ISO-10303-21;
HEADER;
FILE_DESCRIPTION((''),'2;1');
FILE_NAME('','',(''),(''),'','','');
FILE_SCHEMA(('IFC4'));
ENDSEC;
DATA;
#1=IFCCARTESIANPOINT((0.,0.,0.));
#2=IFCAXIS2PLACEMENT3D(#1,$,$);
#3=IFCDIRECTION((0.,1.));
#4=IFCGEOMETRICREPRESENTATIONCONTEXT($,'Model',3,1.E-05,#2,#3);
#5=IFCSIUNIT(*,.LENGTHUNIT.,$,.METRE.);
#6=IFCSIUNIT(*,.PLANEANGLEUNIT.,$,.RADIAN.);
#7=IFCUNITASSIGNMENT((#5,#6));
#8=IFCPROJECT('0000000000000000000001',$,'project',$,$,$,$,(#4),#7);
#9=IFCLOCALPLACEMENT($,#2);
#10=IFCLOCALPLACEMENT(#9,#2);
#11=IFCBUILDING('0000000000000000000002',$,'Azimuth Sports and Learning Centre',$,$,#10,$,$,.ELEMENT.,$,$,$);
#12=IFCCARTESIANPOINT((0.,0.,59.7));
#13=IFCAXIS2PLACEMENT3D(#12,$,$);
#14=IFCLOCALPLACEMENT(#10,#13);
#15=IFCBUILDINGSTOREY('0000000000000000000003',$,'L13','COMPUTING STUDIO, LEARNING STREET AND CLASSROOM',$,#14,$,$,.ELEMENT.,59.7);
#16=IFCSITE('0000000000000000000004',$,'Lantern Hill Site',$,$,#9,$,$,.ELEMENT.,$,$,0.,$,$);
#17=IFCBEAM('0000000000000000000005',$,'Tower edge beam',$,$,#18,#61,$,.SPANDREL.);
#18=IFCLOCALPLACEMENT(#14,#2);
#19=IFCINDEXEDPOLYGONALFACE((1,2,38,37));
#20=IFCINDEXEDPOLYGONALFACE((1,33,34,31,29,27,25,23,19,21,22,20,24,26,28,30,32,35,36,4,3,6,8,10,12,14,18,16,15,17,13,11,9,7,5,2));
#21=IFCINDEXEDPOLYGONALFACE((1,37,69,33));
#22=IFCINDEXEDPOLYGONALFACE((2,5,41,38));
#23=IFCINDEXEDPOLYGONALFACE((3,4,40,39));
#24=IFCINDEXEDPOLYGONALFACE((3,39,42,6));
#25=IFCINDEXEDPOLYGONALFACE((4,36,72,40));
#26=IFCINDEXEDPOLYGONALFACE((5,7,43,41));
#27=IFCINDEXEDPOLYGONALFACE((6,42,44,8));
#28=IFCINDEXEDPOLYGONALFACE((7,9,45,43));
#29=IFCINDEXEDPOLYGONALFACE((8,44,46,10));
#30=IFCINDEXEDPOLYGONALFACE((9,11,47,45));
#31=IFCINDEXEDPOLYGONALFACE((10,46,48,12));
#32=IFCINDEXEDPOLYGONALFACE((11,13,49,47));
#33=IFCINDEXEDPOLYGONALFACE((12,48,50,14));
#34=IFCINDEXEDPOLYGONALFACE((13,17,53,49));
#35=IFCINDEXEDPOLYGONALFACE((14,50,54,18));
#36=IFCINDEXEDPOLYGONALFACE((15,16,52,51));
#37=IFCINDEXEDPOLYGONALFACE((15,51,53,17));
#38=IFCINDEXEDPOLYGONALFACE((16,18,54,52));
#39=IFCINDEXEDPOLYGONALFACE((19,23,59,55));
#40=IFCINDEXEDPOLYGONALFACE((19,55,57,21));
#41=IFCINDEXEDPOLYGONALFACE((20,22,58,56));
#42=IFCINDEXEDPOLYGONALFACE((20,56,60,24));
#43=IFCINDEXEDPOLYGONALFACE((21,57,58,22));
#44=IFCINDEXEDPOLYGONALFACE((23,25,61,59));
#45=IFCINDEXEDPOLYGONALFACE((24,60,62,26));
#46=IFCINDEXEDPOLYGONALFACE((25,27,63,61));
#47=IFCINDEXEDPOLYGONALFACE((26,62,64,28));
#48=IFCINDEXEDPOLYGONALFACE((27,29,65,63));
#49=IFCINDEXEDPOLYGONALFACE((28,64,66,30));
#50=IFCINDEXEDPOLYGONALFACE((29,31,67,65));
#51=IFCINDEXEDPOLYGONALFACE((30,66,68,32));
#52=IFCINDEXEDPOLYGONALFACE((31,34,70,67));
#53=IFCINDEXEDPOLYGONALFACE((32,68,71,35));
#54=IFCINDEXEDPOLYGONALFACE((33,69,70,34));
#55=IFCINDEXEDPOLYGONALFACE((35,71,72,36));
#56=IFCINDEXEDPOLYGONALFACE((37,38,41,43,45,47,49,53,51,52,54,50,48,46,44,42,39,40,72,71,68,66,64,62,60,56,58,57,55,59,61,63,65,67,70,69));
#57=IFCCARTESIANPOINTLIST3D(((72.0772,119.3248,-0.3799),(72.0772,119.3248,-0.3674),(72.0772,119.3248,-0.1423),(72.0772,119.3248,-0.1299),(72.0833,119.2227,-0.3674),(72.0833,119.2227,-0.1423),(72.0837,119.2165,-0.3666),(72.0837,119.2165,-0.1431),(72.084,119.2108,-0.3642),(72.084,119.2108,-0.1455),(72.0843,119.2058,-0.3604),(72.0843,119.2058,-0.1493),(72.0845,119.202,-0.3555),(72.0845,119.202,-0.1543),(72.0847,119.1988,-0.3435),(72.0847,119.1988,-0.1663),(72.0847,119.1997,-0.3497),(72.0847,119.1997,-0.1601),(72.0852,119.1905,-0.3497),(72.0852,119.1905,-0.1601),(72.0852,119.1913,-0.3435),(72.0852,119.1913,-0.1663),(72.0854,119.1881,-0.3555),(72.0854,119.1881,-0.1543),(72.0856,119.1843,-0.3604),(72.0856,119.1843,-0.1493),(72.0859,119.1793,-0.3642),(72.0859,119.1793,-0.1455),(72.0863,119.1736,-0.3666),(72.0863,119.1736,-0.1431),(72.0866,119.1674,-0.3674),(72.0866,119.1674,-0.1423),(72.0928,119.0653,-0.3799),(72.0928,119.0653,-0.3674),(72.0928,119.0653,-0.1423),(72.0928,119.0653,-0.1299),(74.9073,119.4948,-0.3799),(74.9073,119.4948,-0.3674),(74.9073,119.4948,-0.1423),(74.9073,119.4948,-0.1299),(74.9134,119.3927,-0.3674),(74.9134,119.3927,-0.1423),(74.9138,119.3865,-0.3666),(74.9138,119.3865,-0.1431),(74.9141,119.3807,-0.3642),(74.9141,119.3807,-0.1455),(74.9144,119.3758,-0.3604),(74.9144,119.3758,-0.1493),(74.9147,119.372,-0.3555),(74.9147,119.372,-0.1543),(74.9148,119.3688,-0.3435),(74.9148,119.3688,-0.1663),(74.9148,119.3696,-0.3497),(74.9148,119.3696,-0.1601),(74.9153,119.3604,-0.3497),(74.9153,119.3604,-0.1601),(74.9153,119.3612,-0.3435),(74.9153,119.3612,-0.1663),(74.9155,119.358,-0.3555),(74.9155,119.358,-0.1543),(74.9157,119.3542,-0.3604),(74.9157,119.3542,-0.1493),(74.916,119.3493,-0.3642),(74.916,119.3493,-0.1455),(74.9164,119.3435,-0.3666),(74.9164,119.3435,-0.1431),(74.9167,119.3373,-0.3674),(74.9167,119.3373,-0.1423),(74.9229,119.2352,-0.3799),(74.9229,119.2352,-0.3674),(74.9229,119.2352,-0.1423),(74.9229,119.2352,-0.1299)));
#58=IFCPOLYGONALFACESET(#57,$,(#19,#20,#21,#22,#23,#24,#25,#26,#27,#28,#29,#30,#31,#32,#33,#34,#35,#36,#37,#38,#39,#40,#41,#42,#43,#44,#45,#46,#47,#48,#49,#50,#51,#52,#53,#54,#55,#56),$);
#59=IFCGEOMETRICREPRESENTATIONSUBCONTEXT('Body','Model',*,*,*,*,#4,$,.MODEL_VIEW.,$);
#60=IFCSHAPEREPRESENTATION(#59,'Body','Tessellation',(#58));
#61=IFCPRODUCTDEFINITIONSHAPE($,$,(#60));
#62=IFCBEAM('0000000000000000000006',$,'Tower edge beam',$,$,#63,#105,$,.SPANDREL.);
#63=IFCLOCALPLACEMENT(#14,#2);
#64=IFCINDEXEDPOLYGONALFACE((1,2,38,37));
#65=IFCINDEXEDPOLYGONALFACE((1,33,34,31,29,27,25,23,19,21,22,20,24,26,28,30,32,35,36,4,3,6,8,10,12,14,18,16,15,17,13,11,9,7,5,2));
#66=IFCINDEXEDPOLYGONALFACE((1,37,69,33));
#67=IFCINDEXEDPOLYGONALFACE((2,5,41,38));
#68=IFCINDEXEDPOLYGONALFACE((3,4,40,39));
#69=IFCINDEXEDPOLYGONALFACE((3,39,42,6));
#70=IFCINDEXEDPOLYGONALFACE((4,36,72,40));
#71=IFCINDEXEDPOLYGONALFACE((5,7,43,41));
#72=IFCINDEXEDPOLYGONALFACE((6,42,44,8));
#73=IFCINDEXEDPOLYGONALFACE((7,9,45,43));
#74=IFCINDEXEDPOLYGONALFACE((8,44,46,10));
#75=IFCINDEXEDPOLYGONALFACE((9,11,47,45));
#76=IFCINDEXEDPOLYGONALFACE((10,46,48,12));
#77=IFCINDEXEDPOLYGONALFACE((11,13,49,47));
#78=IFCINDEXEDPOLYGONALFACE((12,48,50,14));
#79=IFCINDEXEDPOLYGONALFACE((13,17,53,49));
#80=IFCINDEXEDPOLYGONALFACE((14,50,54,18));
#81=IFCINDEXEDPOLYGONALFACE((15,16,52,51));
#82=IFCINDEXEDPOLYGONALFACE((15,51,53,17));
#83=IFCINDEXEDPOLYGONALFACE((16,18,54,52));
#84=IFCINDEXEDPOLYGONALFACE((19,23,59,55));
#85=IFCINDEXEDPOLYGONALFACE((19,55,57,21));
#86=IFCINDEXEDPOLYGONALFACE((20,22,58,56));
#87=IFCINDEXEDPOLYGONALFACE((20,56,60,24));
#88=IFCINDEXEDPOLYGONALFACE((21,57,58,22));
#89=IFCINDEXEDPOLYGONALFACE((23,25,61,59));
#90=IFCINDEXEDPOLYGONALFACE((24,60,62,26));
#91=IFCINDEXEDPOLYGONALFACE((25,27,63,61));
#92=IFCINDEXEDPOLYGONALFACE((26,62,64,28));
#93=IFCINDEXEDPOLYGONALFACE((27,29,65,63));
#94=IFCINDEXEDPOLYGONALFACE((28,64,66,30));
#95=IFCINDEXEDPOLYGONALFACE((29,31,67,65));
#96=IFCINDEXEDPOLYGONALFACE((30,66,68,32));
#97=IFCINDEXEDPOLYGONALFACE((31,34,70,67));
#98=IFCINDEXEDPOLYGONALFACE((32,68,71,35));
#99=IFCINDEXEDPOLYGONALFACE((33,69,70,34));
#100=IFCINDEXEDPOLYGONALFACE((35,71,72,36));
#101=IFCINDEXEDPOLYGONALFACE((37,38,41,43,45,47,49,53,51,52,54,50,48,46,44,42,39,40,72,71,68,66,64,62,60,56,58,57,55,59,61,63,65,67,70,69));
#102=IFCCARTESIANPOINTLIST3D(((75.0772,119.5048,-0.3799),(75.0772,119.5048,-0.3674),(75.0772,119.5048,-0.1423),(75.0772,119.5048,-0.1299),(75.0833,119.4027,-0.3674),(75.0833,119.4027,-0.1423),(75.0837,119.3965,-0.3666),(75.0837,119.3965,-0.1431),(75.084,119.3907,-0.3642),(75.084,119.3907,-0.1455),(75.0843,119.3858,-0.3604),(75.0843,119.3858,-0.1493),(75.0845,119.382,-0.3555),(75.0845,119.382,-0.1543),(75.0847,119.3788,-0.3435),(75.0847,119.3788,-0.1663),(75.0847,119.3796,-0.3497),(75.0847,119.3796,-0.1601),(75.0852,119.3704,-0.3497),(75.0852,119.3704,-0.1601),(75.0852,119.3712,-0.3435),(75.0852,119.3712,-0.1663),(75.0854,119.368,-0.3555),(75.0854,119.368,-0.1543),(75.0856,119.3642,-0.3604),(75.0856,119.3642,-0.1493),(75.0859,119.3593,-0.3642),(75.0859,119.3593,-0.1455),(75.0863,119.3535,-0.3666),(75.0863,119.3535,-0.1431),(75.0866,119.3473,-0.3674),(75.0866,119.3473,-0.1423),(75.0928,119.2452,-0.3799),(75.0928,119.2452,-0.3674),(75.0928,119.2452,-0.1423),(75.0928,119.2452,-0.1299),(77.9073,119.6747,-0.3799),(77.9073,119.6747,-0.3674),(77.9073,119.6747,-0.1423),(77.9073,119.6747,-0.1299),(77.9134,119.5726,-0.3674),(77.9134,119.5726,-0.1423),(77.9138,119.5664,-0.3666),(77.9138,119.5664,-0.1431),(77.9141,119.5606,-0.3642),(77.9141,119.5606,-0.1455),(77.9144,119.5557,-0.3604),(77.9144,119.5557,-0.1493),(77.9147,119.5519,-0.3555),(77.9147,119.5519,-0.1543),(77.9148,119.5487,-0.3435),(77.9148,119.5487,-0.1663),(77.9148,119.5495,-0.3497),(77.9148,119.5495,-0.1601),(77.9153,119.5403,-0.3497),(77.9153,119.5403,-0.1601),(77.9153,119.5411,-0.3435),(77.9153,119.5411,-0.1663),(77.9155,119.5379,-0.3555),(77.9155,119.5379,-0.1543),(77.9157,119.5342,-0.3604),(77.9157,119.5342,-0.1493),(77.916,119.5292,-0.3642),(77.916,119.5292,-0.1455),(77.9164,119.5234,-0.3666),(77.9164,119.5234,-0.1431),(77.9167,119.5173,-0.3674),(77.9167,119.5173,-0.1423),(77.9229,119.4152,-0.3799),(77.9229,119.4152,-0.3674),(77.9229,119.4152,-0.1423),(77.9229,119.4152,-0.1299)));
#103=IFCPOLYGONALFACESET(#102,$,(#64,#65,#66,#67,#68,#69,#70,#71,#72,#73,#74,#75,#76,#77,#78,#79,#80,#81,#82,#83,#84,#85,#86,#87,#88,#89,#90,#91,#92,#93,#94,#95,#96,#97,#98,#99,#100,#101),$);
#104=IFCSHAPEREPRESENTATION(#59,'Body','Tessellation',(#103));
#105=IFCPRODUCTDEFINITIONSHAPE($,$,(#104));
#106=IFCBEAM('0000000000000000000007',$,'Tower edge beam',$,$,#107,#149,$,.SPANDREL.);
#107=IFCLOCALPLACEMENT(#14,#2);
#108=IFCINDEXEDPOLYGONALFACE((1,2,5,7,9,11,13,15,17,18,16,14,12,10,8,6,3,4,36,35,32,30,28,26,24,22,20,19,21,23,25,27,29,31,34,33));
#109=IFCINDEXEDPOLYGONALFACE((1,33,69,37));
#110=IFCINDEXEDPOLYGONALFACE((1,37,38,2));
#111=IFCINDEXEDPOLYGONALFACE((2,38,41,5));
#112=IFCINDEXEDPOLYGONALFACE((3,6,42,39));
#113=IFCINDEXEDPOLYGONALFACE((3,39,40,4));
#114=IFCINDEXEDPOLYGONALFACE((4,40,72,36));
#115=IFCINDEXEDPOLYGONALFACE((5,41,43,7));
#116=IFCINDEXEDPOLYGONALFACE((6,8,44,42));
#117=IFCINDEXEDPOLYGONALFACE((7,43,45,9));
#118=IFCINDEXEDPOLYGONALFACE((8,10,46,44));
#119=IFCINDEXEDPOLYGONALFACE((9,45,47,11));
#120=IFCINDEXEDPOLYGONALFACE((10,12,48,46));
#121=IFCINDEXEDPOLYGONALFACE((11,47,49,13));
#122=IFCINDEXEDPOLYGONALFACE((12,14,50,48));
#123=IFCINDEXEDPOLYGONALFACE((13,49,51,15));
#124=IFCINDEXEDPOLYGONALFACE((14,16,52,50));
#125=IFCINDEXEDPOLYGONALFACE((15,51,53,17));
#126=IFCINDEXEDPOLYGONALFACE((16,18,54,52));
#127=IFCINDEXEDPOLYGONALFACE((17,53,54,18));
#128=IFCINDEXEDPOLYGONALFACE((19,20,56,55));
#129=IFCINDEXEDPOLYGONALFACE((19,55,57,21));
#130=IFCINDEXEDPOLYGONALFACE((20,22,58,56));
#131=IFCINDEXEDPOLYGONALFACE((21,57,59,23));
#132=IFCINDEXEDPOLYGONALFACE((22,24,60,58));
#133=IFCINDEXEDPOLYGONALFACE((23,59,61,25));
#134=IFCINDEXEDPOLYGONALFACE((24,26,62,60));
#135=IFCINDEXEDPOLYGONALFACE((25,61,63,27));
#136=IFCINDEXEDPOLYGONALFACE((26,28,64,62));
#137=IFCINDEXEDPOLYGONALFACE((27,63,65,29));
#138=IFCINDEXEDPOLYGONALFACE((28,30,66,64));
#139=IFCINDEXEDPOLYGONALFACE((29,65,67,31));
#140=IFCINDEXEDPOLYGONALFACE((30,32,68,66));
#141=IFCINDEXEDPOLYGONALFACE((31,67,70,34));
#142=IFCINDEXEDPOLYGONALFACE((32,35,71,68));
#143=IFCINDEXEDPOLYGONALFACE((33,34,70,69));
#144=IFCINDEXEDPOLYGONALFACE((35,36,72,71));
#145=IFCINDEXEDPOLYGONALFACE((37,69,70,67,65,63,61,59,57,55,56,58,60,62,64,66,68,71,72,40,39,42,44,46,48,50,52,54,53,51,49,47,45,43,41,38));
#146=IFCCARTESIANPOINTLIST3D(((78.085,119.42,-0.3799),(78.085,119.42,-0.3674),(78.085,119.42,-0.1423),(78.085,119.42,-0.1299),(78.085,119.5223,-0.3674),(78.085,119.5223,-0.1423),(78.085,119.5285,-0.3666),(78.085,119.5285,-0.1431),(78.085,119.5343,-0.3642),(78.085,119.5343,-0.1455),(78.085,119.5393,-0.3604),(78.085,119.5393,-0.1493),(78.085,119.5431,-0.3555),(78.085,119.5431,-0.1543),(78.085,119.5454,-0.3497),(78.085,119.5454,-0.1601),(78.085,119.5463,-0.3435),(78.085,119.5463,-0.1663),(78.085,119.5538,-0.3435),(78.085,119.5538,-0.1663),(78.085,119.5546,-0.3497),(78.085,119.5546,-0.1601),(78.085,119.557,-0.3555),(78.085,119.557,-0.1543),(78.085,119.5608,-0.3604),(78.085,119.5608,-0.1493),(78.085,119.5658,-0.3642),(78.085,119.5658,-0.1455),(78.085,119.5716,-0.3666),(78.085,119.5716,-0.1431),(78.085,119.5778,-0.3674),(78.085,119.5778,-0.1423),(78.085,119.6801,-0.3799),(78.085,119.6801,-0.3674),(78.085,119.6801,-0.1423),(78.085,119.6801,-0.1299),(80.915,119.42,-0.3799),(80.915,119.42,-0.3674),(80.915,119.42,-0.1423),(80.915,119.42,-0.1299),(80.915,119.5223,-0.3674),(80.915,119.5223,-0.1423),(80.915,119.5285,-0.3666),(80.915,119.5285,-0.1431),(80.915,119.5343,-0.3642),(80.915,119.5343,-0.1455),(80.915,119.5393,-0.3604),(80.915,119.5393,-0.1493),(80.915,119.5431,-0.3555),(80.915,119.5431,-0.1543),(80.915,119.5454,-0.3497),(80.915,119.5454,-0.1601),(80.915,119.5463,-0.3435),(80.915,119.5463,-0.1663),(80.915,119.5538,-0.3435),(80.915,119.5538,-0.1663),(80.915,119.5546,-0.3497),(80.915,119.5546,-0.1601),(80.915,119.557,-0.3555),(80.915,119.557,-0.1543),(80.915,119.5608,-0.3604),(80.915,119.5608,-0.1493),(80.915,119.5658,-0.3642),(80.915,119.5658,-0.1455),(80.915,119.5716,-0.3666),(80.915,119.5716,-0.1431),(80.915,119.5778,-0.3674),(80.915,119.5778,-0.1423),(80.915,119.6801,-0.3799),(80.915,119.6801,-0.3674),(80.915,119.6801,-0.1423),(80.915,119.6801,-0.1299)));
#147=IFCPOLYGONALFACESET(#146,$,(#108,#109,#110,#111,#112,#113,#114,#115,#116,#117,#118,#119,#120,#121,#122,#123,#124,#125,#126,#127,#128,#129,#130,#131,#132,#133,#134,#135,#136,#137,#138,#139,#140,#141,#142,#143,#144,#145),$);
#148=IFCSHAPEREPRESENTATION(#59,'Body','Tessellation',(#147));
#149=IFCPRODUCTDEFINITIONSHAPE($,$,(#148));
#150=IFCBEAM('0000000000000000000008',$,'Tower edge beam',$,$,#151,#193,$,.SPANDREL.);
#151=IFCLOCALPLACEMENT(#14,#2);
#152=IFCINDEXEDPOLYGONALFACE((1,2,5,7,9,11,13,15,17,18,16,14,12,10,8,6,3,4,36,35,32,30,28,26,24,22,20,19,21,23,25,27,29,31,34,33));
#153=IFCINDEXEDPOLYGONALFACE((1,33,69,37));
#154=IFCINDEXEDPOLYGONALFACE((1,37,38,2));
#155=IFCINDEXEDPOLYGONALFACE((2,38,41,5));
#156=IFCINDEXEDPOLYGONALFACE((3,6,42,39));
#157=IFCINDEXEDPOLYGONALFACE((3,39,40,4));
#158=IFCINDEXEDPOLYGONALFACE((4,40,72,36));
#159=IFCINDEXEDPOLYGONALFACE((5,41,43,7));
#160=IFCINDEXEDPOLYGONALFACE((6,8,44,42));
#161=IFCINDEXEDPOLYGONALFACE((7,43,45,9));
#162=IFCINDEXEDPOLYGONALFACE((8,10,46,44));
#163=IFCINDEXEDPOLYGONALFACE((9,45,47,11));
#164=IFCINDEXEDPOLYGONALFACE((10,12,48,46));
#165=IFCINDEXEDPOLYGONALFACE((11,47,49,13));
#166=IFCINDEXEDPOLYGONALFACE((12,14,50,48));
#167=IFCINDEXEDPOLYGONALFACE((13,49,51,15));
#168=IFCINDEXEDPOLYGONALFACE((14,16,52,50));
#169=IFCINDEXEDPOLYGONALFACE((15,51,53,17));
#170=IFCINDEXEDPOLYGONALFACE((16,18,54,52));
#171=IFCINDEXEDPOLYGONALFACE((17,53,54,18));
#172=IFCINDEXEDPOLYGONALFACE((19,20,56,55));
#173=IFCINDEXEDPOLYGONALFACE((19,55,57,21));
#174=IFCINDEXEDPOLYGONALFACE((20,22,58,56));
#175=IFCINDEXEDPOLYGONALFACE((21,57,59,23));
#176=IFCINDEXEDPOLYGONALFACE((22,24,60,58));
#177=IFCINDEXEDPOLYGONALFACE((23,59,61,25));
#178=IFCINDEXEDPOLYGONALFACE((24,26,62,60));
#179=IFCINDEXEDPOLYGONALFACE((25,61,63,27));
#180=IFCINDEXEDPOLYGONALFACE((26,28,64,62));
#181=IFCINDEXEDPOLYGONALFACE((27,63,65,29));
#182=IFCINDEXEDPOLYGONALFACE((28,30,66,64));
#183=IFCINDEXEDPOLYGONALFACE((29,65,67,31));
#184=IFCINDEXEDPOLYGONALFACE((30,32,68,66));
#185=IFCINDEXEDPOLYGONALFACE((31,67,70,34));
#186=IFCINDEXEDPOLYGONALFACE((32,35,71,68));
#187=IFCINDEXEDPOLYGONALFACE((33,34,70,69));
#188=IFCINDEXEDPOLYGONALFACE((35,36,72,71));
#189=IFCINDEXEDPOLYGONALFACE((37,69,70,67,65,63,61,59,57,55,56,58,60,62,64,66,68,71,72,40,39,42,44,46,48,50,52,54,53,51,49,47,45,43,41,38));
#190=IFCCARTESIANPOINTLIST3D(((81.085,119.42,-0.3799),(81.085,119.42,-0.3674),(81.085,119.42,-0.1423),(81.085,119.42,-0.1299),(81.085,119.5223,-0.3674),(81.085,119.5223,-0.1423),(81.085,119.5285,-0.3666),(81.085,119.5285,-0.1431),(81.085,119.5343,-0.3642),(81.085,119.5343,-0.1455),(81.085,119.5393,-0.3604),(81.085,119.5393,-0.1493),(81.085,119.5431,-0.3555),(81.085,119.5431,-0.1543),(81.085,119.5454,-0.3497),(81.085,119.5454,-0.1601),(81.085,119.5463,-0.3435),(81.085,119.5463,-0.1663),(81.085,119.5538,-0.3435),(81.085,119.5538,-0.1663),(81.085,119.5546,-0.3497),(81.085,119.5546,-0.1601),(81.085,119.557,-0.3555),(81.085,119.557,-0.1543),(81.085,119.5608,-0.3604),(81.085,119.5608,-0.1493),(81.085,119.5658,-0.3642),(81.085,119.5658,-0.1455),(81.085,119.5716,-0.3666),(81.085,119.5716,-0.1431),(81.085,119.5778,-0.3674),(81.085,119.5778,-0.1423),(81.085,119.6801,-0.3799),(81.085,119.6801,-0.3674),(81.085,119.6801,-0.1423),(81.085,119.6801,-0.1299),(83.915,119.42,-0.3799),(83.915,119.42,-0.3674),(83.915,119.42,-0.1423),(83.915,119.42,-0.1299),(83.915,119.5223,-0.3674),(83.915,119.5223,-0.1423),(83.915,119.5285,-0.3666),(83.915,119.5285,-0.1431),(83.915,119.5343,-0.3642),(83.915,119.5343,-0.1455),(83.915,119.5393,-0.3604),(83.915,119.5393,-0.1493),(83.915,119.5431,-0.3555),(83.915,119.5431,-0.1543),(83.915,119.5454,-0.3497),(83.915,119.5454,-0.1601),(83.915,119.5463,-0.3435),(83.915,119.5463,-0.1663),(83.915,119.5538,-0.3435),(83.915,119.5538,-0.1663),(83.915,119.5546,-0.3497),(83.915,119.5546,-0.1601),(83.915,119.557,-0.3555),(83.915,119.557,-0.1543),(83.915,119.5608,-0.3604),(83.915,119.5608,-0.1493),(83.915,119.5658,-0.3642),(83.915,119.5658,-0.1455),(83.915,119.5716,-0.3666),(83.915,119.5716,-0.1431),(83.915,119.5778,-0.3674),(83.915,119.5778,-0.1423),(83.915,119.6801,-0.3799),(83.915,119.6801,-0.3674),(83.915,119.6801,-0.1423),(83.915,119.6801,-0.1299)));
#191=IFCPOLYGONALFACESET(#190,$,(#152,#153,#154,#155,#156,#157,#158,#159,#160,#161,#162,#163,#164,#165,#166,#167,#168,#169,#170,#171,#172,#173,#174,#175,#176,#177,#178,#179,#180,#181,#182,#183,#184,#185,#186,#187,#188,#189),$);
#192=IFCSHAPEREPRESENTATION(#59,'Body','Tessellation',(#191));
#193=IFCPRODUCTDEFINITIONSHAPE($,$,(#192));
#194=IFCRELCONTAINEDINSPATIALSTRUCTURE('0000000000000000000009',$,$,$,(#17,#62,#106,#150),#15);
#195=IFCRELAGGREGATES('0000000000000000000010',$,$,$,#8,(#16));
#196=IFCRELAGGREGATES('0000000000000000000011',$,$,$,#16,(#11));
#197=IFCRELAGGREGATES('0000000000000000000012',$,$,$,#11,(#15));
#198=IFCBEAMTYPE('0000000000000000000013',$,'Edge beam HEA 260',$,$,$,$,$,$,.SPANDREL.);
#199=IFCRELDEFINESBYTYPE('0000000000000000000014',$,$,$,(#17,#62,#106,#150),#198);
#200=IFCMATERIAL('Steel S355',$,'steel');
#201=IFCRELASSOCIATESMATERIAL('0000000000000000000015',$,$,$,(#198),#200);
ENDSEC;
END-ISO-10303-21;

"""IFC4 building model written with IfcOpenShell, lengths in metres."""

from ifc_helpers import new_model, si_unit, direction, frame, origin, origin_2d, place, context, subcontext, project, spatial, i_section, extrude, material, material_profile, profile_set, type_object, element, save


model = new_model("IFC4")

# Units and contexts
model_context = context("Model", 3, precision=1e-05, world=origin(), true_north=direction((0.0, 1.0)))
body_context = subcontext(model_context, "Body", "Model", "MODEL_VIEW")
ifc_project = project(units=[si_unit("LENGTHUNIT", "METRE"), si_unit("PLANEANGLEUNIT", "RADIAN")], contexts=[model_context])

# Site, building, storey
site_placement = place(None, origin())
site = spatial("IfcSite", under=ifc_project, at=site_placement, Name="Lantern Hill Site", CompositionType="ELEMENT", RefElevation=0.0)
building_placement = place(site_placement, origin())
building = spatial("IfcBuilding", under=site, at=building_placement, Name="Azimuth Sports and Learning Centre", CompositionType="ELEMENT")
storey_placement = place(building_placement, frame((0.0, 0.0, 59.7)))
storey = spatial("IfcBuildingStorey", under=building, at=storey_placement, Name="L13", Description="COMPUTING STUDIO, LEARNING STREET AND CLASSROOM", CompositionType="ELEMENT", Elevation=59.7)

# Beams
ifc_material_1 = material(Name="Steel S355", Category="steel")
ifc_material_profile_1 = material_profile(ifc_material_1, i_section(OverallWidth=0.26, OverallDepth=0.25, WebThickness=0.0076, FlangeThickness=0.0125, FilletRadius=0.0239, at=origin_2d()), Name="HEA 260")
ifc_profile_set_1 = profile_set([ifc_material_profile_1], Name="Steel S355")
beam_type_1 = type_object("IfcBeamType", Name="Edge beam HEA 260", PredefinedType="SPANDREL", material=ifc_profile_set_1)
for number, where, z_axis, x_axis, name in (
    (1, (72.085, 119.1951, -0.2549), (0.998202, 0.059933, 0.0), (-0.059933, 0.998202, 0.0), "Tower edge beam"),
    (2, (75.085, 119.375, -0.2549), (0.998202, 0.059933, 0.0), (-0.059933, 0.998202, 0.0), "Tower edge beam"),
):
    element("IfcBeam", number, at=place(storey_placement, frame(where, z_axis=z_axis, x_axis=x_axis)), inside=storey, type_object=beam_type_1, Name=name, PredefinedType="SPANDREL", context=body_context, shape_type="SweptSolid", body=[
        extrude(i_section(OverallWidth=0.26, OverallDepth=0.25, WebThickness=0.0076, FlangeThickness=0.0125, FilletRadius=0.0239, at=origin_2d()), origin(), (0.0, 0.0, 1.0), 2.8352),
    ])
for number, where, z_axis, x_axis, name in (
    (3, (78.085, 119.55, -0.2549), (1.0, 0.0, 0.0), (0.0, 1.0, 0.0), "Tower edge beam"),
    (4, (81.085, 119.55, -0.2549), (1.0, 0.0, 0.0), (0.0, 1.0, 0.0), "Tower edge beam"),
):
    element("IfcBeam", number, at=place(storey_placement, frame(where, z_axis=z_axis, x_axis=x_axis)), inside=storey, type_object=beam_type_1, Name=name, PredefinedType="SPANDREL", context=body_context, shape_type="SweptSolid", body=[
        extrude(i_section(OverallWidth=0.26, OverallDepth=0.25, WebThickness=0.0076, FlangeThickness=0.0125, FilletRadius=0.0239, at=origin_2d()), origin(), (0.0, 0.0, 1.0), 2.8301),
    ])

save(model, "model.ifc")
